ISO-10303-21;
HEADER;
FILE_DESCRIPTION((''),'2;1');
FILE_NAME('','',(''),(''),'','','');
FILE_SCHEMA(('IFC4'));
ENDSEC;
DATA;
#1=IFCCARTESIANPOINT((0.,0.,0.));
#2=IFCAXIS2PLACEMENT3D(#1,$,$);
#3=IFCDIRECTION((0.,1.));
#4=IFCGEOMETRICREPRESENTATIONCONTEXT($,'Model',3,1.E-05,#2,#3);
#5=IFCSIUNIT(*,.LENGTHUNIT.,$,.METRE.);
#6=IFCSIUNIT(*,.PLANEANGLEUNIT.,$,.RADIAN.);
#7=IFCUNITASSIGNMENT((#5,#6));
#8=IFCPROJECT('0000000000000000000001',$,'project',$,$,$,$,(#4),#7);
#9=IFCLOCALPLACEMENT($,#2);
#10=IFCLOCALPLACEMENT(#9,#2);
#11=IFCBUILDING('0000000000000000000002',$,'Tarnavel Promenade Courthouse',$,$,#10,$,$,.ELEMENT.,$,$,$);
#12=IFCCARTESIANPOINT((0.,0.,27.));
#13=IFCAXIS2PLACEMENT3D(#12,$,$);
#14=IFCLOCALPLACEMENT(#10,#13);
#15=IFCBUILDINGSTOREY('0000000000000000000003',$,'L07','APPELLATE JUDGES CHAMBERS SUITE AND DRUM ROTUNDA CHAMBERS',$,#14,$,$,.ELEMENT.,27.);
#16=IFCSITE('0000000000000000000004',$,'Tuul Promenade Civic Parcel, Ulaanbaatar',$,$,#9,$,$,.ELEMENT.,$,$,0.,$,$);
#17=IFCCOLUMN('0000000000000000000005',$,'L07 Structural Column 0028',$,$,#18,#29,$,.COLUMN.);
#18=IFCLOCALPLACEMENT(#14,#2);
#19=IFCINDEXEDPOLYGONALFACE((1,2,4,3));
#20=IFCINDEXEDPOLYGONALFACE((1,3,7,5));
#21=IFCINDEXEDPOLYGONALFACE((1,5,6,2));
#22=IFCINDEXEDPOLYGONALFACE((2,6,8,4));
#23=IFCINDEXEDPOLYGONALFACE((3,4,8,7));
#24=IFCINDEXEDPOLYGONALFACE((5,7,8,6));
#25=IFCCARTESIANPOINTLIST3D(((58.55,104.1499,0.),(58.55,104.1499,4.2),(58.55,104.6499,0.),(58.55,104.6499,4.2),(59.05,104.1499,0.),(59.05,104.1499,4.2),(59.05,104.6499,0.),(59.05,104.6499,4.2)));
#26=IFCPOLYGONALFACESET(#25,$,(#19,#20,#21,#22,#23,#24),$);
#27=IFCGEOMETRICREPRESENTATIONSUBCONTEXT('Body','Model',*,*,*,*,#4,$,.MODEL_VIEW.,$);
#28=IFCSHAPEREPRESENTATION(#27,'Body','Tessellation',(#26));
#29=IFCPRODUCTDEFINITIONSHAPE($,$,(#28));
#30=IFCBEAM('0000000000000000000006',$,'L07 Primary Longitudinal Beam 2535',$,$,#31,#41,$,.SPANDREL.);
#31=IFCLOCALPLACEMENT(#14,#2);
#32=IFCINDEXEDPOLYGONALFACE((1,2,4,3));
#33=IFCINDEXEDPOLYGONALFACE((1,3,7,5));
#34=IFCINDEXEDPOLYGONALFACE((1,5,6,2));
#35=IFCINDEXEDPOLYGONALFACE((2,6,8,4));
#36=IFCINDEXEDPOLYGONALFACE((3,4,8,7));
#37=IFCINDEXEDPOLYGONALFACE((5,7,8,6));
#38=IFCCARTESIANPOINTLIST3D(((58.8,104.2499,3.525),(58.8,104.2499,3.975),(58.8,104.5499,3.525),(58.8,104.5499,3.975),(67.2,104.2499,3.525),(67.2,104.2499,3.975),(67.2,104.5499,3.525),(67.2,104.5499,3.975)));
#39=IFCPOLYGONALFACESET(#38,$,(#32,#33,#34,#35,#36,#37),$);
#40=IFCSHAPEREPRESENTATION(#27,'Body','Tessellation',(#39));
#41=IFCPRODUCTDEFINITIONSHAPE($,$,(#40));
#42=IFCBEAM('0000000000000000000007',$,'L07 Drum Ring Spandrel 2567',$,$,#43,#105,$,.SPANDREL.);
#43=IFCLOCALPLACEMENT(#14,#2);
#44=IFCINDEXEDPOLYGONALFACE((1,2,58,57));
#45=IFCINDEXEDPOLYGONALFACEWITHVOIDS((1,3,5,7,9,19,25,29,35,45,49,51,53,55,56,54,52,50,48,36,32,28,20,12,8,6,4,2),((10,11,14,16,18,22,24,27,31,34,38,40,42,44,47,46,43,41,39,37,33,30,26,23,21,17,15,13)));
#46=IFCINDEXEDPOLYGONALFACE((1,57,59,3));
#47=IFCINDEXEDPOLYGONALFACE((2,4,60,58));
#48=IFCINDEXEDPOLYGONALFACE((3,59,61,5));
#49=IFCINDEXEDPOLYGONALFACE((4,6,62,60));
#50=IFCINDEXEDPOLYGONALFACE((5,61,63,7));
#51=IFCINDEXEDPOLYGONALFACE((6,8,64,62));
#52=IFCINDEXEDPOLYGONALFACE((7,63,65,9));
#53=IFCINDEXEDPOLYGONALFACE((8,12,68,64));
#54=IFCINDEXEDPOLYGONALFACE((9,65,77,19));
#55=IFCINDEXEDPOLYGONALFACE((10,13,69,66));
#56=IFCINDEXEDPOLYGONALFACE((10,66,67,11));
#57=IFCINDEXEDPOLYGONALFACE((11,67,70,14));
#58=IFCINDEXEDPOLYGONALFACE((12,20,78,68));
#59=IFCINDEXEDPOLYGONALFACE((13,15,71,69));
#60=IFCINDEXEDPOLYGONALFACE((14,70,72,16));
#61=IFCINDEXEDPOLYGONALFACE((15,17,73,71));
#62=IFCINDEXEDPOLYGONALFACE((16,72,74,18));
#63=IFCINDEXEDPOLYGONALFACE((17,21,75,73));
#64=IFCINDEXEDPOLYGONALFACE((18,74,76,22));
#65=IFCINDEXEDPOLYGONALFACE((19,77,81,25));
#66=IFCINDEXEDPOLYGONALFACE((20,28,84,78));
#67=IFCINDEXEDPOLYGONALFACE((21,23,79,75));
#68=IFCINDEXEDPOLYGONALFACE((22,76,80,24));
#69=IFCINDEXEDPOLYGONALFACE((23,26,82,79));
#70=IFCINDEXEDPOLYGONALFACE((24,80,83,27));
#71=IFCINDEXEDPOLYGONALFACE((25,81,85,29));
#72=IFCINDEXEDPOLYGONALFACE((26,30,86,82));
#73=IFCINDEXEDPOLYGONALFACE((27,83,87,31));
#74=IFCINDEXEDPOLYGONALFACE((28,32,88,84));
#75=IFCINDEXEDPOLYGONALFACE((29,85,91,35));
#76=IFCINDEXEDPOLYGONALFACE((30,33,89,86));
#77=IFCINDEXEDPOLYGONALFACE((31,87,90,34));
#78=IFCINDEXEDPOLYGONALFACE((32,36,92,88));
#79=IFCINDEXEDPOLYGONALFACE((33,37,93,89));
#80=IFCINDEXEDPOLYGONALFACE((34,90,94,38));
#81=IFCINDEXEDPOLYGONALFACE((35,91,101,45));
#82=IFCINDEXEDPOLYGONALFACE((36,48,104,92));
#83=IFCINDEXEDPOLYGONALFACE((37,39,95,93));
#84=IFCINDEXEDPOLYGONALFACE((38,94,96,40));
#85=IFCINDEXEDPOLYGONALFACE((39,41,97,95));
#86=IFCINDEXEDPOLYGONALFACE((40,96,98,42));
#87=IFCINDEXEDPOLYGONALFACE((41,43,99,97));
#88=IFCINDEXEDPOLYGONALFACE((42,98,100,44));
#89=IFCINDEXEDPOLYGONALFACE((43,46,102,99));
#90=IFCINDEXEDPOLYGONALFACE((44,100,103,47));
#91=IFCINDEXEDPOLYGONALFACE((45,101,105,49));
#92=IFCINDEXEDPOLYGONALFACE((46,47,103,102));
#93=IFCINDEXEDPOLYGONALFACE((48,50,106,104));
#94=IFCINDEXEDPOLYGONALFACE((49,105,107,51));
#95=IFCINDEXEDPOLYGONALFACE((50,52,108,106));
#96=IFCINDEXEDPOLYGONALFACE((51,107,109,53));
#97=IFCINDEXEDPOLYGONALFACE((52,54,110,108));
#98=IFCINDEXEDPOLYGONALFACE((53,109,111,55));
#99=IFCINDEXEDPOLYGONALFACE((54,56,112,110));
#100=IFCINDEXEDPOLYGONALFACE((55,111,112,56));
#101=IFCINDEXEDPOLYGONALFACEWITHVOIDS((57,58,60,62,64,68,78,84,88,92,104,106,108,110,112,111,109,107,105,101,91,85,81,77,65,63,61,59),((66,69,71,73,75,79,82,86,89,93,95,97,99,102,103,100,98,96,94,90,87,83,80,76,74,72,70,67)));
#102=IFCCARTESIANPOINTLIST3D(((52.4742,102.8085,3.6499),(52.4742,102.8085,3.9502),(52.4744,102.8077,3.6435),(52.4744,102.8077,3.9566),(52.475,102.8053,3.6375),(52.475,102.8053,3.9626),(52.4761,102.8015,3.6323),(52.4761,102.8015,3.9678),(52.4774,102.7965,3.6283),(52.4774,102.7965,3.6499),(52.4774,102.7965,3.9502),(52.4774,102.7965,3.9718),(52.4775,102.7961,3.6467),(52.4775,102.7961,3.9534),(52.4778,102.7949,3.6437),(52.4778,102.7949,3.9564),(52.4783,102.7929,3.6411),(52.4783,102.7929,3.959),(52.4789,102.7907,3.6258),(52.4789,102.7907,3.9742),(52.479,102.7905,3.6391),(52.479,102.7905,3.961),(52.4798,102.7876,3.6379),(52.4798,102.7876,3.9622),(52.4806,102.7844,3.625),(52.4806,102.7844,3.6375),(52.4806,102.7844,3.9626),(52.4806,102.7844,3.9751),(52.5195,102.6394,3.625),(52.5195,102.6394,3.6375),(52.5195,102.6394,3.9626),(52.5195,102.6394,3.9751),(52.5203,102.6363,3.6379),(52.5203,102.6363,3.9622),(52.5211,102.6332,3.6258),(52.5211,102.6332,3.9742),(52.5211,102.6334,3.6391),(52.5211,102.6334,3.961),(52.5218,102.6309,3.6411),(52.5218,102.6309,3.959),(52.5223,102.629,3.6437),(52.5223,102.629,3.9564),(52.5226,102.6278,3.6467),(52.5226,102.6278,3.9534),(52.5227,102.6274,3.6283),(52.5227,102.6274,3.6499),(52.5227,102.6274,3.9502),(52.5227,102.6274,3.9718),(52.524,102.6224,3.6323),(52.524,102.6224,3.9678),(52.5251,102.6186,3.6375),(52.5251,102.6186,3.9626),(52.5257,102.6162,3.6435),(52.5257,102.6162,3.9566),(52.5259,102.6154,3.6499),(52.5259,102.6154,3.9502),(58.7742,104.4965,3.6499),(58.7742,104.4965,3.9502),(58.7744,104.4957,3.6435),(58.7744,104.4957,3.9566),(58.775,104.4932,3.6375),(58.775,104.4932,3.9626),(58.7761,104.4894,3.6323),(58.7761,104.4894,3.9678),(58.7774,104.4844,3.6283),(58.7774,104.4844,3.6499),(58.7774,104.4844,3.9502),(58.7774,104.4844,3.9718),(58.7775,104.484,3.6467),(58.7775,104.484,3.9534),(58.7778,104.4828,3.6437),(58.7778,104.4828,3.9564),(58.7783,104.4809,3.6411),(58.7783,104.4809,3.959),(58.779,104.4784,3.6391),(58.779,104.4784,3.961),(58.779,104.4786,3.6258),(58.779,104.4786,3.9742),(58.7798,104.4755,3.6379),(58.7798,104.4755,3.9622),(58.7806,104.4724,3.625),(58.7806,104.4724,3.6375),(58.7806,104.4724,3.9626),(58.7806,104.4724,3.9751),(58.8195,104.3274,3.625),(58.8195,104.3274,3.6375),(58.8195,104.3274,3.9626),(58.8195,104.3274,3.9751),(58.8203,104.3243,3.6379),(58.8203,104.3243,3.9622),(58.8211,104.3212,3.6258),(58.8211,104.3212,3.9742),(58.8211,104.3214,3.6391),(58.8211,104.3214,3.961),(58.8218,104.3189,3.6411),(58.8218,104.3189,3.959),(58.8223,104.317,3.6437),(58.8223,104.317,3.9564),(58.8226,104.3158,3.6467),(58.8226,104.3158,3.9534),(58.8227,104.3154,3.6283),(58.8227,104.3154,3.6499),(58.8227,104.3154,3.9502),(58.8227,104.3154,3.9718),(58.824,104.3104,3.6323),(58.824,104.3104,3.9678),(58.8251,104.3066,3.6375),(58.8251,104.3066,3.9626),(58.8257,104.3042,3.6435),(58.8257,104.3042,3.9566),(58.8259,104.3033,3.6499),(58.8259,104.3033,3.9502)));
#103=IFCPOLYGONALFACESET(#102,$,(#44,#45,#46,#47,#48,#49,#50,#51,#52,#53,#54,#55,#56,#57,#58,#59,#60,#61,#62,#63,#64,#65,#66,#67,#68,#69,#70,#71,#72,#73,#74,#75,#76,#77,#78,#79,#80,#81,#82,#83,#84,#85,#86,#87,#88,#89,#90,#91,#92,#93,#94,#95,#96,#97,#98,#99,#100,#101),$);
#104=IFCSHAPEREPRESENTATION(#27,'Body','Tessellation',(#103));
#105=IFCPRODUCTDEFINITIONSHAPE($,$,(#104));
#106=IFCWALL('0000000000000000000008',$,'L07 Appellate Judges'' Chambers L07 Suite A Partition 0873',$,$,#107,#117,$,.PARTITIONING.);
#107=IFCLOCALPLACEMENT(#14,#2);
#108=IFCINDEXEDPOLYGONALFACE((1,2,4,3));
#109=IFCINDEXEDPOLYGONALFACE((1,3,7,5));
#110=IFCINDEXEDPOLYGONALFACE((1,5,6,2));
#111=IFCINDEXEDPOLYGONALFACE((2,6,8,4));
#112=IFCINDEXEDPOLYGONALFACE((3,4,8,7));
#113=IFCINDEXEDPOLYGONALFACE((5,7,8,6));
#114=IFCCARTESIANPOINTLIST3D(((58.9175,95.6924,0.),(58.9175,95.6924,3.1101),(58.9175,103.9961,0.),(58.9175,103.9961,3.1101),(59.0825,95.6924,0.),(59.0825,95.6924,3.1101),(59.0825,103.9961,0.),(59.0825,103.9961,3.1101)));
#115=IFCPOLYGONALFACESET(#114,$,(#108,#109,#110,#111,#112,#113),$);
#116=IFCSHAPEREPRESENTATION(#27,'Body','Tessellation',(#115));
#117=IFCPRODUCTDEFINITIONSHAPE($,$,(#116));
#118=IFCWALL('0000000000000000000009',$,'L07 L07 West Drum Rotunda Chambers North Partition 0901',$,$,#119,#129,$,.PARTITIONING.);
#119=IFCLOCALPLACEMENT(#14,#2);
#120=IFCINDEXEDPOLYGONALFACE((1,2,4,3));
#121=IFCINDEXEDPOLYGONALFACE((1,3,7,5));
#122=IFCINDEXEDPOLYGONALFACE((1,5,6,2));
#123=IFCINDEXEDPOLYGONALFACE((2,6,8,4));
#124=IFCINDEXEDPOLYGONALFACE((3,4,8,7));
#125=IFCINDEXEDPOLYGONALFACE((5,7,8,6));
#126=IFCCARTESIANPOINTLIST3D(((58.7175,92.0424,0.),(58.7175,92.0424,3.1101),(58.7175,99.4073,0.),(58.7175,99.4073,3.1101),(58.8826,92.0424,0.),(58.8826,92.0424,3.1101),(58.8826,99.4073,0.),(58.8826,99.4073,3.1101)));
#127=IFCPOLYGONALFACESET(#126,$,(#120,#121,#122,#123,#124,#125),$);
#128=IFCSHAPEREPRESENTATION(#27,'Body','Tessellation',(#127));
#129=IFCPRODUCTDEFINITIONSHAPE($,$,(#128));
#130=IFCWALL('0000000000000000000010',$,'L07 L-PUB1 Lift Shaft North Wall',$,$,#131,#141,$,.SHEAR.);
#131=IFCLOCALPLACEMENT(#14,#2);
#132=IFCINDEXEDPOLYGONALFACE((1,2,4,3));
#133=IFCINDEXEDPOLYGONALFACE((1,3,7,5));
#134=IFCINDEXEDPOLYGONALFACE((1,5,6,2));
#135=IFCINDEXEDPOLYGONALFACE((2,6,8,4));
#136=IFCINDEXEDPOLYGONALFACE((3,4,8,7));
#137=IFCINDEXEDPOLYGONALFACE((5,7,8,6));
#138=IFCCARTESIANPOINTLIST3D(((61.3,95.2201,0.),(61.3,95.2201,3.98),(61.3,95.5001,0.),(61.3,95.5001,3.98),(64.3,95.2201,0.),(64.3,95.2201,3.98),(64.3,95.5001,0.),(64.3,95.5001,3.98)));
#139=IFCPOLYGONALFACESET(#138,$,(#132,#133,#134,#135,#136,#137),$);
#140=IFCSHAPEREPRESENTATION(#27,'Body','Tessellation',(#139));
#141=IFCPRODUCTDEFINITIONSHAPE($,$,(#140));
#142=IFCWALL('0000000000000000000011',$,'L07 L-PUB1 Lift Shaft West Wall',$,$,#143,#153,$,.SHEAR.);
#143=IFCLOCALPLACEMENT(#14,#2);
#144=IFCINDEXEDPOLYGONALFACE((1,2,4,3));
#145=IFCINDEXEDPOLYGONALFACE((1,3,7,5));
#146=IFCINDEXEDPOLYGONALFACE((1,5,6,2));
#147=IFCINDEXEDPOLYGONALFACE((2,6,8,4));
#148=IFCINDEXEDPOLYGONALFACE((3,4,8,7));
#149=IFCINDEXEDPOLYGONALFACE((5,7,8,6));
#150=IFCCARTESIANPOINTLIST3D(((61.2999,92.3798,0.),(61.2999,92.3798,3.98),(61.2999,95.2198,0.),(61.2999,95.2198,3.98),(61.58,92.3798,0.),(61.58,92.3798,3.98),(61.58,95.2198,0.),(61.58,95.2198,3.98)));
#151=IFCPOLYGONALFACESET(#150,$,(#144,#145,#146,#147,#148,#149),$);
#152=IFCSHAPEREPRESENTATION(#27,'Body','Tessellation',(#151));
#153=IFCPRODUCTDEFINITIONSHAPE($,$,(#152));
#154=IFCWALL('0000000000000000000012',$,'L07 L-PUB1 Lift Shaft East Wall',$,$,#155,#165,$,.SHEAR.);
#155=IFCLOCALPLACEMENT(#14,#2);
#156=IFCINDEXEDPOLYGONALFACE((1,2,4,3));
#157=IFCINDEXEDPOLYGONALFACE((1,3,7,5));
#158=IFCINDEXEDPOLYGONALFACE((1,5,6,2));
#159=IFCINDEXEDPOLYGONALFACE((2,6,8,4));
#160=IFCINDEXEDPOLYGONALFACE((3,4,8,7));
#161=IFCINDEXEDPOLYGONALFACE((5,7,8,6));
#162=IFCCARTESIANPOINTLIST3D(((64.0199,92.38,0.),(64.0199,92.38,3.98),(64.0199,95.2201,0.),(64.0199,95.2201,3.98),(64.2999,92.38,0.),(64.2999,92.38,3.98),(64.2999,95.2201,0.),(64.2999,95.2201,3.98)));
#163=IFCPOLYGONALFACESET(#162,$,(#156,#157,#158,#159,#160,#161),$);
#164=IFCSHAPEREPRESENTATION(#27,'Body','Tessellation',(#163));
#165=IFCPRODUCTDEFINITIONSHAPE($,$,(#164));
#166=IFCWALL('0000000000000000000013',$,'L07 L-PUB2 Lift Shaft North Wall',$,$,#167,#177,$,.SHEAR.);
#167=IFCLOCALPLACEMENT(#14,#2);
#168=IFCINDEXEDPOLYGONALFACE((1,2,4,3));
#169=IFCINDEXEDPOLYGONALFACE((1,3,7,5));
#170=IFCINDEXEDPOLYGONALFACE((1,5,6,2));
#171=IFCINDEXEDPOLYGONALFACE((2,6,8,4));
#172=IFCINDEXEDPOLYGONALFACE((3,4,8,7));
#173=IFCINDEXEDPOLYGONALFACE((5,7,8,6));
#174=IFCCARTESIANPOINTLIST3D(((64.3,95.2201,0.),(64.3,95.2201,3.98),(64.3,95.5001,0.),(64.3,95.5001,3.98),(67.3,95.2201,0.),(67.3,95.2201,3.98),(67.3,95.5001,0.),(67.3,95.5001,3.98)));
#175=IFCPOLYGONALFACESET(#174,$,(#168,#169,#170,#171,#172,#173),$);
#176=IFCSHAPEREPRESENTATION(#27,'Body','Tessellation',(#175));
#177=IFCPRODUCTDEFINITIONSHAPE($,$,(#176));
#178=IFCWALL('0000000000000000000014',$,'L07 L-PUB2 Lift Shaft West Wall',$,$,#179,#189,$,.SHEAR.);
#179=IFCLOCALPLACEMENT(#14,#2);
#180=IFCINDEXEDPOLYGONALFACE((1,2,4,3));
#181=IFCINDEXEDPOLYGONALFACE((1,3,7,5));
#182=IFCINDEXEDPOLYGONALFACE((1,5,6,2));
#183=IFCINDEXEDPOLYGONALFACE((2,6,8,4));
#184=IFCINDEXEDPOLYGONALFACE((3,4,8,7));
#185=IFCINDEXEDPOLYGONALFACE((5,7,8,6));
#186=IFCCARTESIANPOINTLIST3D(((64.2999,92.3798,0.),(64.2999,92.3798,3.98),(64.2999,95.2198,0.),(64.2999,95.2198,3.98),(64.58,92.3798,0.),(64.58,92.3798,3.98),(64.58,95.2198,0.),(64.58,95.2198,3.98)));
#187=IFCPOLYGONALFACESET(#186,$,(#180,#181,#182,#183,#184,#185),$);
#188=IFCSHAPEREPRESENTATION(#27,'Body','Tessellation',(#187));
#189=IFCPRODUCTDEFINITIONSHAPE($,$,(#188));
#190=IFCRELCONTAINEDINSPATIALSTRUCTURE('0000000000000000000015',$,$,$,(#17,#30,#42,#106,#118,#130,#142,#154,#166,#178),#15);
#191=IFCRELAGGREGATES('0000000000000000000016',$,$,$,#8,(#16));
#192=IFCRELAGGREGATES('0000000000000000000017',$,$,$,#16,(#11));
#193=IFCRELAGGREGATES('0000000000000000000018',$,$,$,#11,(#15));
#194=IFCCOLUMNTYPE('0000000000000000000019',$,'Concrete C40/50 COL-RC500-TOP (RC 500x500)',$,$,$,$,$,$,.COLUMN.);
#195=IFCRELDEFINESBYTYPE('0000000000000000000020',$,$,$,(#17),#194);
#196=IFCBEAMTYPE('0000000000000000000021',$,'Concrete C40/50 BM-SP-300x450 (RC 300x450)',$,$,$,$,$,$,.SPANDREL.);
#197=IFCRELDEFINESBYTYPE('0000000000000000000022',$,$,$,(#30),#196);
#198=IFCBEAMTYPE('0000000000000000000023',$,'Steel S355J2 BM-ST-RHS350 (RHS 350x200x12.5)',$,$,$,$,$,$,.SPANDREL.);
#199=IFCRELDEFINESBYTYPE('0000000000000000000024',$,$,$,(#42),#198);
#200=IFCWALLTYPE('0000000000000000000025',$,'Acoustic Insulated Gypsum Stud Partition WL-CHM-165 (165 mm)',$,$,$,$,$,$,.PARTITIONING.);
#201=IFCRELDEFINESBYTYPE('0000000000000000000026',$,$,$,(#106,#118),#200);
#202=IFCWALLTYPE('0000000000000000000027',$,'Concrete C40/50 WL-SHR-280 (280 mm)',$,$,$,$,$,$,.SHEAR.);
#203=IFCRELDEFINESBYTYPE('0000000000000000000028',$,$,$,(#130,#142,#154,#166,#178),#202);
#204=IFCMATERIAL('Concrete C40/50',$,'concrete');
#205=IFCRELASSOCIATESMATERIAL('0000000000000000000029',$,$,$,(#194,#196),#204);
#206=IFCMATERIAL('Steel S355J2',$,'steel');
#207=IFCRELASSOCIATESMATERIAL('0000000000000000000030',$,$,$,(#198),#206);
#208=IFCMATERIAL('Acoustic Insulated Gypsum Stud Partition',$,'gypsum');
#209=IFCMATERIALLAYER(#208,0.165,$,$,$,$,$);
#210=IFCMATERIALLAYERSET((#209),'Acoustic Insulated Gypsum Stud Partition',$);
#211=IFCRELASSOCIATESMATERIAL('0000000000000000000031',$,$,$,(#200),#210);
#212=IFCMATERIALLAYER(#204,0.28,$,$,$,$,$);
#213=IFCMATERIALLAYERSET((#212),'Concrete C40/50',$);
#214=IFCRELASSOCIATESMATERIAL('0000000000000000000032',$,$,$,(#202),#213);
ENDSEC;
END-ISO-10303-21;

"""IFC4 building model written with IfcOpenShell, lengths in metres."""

from ifc_helpers import new_model, si_unit, direction, frame, frame_2d, origin, origin_2d, place, context, subcontext, project, spatial, rectangle, hollow_rectangle, extrude, material, layer, layer_set, material_profile, profile_set, type_object, element, save


model = new_model("IFC4")

# Units and contexts
model_context = context("Model", 3, precision=1e-05, world=origin(), true_north=direction((0.0, 1.0)))
body_context = subcontext(model_context, "Body", "Model", "MODEL_VIEW")
ifc_project = project(units=[si_unit("LENGTHUNIT", "METRE"), si_unit("PLANEANGLEUNIT", "RADIAN")], contexts=[model_context])

# Site, building, storey
site_placement = place(None, origin())
site = spatial("IfcSite", under=ifc_project, at=site_placement, Name="Tuul Promenade Civic Parcel, Ulaanbaatar", CompositionType="ELEMENT", RefElevation=0.0)
building_placement = place(site_placement, origin())
building = spatial("IfcBuilding", under=site, at=building_placement, Name="Tarnavel Promenade Courthouse", CompositionType="ELEMENT")
storey_placement = place(building_placement, frame((0.0, 0.0, 27.0)))
storey = spatial("IfcBuildingStorey", under=building, at=storey_placement, Name="L07", Description="APPELLATE JUDGES CHAMBERS SUITE AND DRUM ROTUNDA CHAMBERS", CompositionType="ELEMENT", Elevation=27.0)

# Column
ifc_material_1 = material(Name="Concrete C40/50", Category="concrete")
ifc_material_profile_1 = material_profile(ifc_material_1, rectangle(XDim=0.5, YDim=0.5, at=origin_2d()), Name="RC 500x500")
ifc_profile_set_1 = profile_set([ifc_material_profile_1], Name="Concrete C40/50")
column_type = type_object("IfcColumnType", Name="Concrete C40/50 COL-RC500-TOP (RC 500x500)", PredefinedType="COLUMN", material=ifc_profile_set_1)
column_placement = place(storey_placement, frame((58.8, 104.3999, 0.0), z_axis=(0.0, 0.0, 1.0), x_axis=(1.0, 0.0, 0.0)))
element("IfcColumn", 1, at=column_placement, inside=storey, type_object=column_type, Name="L07 Structural Column 0028", PredefinedType="COLUMN", context=body_context, shape_type="SweptSolid", body=[
    extrude(rectangle(XDim=0.5, YDim=0.5, at=origin_2d()), origin(), (0.0, 0.0, 1.0), 4.2),
])

# Beams
ifc_material_profile_2 = material_profile(ifc_material_1, rectangle(XDim=0.3, YDim=0.45, at=origin_2d()), Name="RC 300x450")
ifc_profile_set_2 = profile_set([ifc_material_profile_2], Name="Concrete C40/50")
beam_type_1 = type_object("IfcBeamType", Name="Concrete C40/50 BM-SP-300x450 (RC 300x450)", PredefinedType="SPANDREL", material=ifc_profile_set_2)
beam_1_placement = place(storey_placement, frame((58.8, 104.3999, 3.75), z_axis=(1.0, 0.0, 0.0), x_axis=(0.0, 1.0, 0.0)))
element("IfcBeam", 2, at=beam_1_placement, inside=storey, type_object=beam_type_1, Name="L07 Primary Longitudinal Beam 2535", PredefinedType="SPANDREL", context=body_context, shape_type="SweptSolid", body=[
    extrude(rectangle(XDim=0.3, YDim=0.45, at=origin_2d()), origin(), (0.0, 0.0, 1.0), 8.3999),
])
ifc_material_2 = material(Name="Steel S355J2", Category="steel")
ifc_material_profile_3 = material_profile(ifc_material_2, hollow_rectangle(XDim=0.2, YDim=0.3501, WallThickness=0.0125, InnerFilletRadius=0.0125, OuterFilletRadius=0.0249, at=origin_2d()), Name="RHS 350x200x12.5")
ifc_profile_set_3 = profile_set([ifc_material_profile_3], Name="Steel S355J2")
beam_type_2 = type_object("IfcBeamType", Name="Steel S355J2 BM-ST-RHS350 (RHS 350x200x12.5)", PredefinedType="SPANDREL", material=ifc_profile_set_3)
beam_2_placement = place(storey_placement, frame((58.8, 104.3999, 3.8), z_axis=(-0.96593, -0.258804, 0.0), x_axis=(0.258804, -0.96593, 0.0)))
element("IfcBeam", 3, at=beam_2_placement, inside=storey, type_object=beam_type_2, Name="L07 Drum Ring Spandrel 2567", PredefinedType="SPANDREL", context=body_context, shape_type="SweptSolid", body=[
    extrude(hollow_rectangle(XDim=0.2, YDim=0.3501, WallThickness=0.0125, InnerFilletRadius=0.0125, OuterFilletRadius=0.0249, at=origin_2d()), origin(), (0.0, 0.0, 1.0), 6.5222),
])

# Walls
ifc_material_3 = material(Name="Acoustic Insulated Gypsum Stud Partition", Category="gypsum")
ifc_layer_1 = layer(ifc_material_3, 0.165)
ifc_layer_set_1 = layer_set([ifc_layer_1], Name="Acoustic Insulated Gypsum Stud Partition")
wall_type_1 = type_object("IfcWallType", Name="Acoustic Insulated Gypsum Stud Partition WL-CHM-165 (165 mm)", PredefinedType="PARTITIONING", material=ifc_layer_set_1)
wall_1_placement = place(storey_placement, frame((59.0, 95.6924, 0.0), z_axis=(0.0, 0.0, 1.0), x_axis=(0.0, 1.0, 0.0)))
element("IfcWall", 4, at=wall_1_placement, inside=storey, type_object=wall_type_1, Name="L07 Appellate Judges' Chambers L07 Suite A Partition 0873", PredefinedType="PARTITIONING", context=body_context, shape_type="SweptSolid", body=[
    extrude(rectangle(XDim=8.3037, YDim=0.165, at=frame_2d((4.1519, 0.0))), origin(), (0.0, 0.0, 1.0), 3.1101),
])
wall_2_placement = place(storey_placement, frame((58.8, 99.4075, 0.0), z_axis=(0.0, 0.0, 1.0), x_axis=(0.0, -1.0, 0.0)))
element("IfcWall", 5, at=wall_2_placement, inside=storey, type_object=wall_type_1, Name="L07 L07 West Drum Rotunda Chambers North Partition 0901", PredefinedType="PARTITIONING", context=body_context, shape_type="SweptSolid", body=[
    extrude(rectangle(XDim=7.365, YDim=0.165, at=frame_2d((3.6826, 0.0))), origin(), (0.0, 0.0, 1.0), 3.1101),
])
ifc_layer_2 = layer(ifc_material_1, 0.28)
ifc_layer_set_2 = layer_set([ifc_layer_2], Name="Concrete C40/50")
wall_type_2 = type_object("IfcWallType", Name="Concrete C40/50 WL-SHR-280 (280 mm)", PredefinedType="SHEAR", material=ifc_layer_set_2)
wall_3_placement = place(storey_placement, frame((61.3, 95.3601, 0.0), z_axis=(0.0, 0.0, 1.0), x_axis=(1.0, 0.0, 0.0)))
element("IfcWall", 6, at=wall_3_placement, inside=storey, type_object=wall_type_2, Name="L07 L-PUB1 Lift Shaft North Wall", PredefinedType="SHEAR", context=body_context, shape_type="SweptSolid", body=[
    extrude(rectangle(XDim=3.0, YDim=0.28, at=frame_2d((1.5, 0.0))), origin(), (0.0, 0.0, 1.0), 3.98),
])
for number, where, z_axis, x_axis, name in (
    (7, (61.4399, 92.3799, 0.0), (0.0, 0.0, 1.0), (0.0, 1.0, 0.0), "L07 L-PUB1 Lift Shaft West Wall"),
    (8, (64.1599, 95.22, 0.0), (0.0, 0.0, 1.0), (0.0, -1.0, 0.0), "L07 L-PUB1 Lift Shaft East Wall"),
):
    element("IfcWall", number, at=place(storey_placement, frame(where, z_axis=z_axis, x_axis=x_axis)), inside=storey, type_object=wall_type_2, Name=name, PredefinedType="SHEAR", context=body_context, shape_type="SweptSolid", body=[
        extrude(rectangle(XDim=2.8401, YDim=0.28, at=frame_2d((1.4199, 0.0))), origin(), (0.0, 0.0, 1.0), 3.98),
    ])
wall_4_placement = place(storey_placement, frame((64.3, 95.3601, 0.0), z_axis=(0.0, 0.0, 1.0), x_axis=(1.0, 0.0, 0.0)))
element("IfcWall", 9, at=wall_4_placement, inside=storey, type_object=wall_type_2, Name="L07 L-PUB2 Lift Shaft North Wall", PredefinedType="SHEAR", context=body_context, shape_type="SweptSolid", body=[
    extrude(rectangle(XDim=3.0, YDim=0.28, at=frame_2d((1.5, 0.0))), origin(), (0.0, 0.0, 1.0), 3.98),
])
for number, where, z_axis, x_axis, name in (
    (10, (64.4399, 92.3799, 0.0), (0.0, 0.0, 1.0), (0.0, 1.0, 0.0), "L07 L-PUB2 Lift Shaft West Wall"),
):
    element("IfcWall", number, at=place(storey_placement, frame(where, z_axis=z_axis, x_axis=x_axis)), inside=storey, type_object=wall_type_2, Name=name, PredefinedType="SHEAR", context=body_context, shape_type="SweptSolid", body=[
        extrude(rectangle(XDim=2.8401, YDim=0.28, at=frame_2d((1.4199, 0.0))), origin(), (0.0, 0.0, 1.0), 3.98),
    ])

save(model, "model.ifc")
